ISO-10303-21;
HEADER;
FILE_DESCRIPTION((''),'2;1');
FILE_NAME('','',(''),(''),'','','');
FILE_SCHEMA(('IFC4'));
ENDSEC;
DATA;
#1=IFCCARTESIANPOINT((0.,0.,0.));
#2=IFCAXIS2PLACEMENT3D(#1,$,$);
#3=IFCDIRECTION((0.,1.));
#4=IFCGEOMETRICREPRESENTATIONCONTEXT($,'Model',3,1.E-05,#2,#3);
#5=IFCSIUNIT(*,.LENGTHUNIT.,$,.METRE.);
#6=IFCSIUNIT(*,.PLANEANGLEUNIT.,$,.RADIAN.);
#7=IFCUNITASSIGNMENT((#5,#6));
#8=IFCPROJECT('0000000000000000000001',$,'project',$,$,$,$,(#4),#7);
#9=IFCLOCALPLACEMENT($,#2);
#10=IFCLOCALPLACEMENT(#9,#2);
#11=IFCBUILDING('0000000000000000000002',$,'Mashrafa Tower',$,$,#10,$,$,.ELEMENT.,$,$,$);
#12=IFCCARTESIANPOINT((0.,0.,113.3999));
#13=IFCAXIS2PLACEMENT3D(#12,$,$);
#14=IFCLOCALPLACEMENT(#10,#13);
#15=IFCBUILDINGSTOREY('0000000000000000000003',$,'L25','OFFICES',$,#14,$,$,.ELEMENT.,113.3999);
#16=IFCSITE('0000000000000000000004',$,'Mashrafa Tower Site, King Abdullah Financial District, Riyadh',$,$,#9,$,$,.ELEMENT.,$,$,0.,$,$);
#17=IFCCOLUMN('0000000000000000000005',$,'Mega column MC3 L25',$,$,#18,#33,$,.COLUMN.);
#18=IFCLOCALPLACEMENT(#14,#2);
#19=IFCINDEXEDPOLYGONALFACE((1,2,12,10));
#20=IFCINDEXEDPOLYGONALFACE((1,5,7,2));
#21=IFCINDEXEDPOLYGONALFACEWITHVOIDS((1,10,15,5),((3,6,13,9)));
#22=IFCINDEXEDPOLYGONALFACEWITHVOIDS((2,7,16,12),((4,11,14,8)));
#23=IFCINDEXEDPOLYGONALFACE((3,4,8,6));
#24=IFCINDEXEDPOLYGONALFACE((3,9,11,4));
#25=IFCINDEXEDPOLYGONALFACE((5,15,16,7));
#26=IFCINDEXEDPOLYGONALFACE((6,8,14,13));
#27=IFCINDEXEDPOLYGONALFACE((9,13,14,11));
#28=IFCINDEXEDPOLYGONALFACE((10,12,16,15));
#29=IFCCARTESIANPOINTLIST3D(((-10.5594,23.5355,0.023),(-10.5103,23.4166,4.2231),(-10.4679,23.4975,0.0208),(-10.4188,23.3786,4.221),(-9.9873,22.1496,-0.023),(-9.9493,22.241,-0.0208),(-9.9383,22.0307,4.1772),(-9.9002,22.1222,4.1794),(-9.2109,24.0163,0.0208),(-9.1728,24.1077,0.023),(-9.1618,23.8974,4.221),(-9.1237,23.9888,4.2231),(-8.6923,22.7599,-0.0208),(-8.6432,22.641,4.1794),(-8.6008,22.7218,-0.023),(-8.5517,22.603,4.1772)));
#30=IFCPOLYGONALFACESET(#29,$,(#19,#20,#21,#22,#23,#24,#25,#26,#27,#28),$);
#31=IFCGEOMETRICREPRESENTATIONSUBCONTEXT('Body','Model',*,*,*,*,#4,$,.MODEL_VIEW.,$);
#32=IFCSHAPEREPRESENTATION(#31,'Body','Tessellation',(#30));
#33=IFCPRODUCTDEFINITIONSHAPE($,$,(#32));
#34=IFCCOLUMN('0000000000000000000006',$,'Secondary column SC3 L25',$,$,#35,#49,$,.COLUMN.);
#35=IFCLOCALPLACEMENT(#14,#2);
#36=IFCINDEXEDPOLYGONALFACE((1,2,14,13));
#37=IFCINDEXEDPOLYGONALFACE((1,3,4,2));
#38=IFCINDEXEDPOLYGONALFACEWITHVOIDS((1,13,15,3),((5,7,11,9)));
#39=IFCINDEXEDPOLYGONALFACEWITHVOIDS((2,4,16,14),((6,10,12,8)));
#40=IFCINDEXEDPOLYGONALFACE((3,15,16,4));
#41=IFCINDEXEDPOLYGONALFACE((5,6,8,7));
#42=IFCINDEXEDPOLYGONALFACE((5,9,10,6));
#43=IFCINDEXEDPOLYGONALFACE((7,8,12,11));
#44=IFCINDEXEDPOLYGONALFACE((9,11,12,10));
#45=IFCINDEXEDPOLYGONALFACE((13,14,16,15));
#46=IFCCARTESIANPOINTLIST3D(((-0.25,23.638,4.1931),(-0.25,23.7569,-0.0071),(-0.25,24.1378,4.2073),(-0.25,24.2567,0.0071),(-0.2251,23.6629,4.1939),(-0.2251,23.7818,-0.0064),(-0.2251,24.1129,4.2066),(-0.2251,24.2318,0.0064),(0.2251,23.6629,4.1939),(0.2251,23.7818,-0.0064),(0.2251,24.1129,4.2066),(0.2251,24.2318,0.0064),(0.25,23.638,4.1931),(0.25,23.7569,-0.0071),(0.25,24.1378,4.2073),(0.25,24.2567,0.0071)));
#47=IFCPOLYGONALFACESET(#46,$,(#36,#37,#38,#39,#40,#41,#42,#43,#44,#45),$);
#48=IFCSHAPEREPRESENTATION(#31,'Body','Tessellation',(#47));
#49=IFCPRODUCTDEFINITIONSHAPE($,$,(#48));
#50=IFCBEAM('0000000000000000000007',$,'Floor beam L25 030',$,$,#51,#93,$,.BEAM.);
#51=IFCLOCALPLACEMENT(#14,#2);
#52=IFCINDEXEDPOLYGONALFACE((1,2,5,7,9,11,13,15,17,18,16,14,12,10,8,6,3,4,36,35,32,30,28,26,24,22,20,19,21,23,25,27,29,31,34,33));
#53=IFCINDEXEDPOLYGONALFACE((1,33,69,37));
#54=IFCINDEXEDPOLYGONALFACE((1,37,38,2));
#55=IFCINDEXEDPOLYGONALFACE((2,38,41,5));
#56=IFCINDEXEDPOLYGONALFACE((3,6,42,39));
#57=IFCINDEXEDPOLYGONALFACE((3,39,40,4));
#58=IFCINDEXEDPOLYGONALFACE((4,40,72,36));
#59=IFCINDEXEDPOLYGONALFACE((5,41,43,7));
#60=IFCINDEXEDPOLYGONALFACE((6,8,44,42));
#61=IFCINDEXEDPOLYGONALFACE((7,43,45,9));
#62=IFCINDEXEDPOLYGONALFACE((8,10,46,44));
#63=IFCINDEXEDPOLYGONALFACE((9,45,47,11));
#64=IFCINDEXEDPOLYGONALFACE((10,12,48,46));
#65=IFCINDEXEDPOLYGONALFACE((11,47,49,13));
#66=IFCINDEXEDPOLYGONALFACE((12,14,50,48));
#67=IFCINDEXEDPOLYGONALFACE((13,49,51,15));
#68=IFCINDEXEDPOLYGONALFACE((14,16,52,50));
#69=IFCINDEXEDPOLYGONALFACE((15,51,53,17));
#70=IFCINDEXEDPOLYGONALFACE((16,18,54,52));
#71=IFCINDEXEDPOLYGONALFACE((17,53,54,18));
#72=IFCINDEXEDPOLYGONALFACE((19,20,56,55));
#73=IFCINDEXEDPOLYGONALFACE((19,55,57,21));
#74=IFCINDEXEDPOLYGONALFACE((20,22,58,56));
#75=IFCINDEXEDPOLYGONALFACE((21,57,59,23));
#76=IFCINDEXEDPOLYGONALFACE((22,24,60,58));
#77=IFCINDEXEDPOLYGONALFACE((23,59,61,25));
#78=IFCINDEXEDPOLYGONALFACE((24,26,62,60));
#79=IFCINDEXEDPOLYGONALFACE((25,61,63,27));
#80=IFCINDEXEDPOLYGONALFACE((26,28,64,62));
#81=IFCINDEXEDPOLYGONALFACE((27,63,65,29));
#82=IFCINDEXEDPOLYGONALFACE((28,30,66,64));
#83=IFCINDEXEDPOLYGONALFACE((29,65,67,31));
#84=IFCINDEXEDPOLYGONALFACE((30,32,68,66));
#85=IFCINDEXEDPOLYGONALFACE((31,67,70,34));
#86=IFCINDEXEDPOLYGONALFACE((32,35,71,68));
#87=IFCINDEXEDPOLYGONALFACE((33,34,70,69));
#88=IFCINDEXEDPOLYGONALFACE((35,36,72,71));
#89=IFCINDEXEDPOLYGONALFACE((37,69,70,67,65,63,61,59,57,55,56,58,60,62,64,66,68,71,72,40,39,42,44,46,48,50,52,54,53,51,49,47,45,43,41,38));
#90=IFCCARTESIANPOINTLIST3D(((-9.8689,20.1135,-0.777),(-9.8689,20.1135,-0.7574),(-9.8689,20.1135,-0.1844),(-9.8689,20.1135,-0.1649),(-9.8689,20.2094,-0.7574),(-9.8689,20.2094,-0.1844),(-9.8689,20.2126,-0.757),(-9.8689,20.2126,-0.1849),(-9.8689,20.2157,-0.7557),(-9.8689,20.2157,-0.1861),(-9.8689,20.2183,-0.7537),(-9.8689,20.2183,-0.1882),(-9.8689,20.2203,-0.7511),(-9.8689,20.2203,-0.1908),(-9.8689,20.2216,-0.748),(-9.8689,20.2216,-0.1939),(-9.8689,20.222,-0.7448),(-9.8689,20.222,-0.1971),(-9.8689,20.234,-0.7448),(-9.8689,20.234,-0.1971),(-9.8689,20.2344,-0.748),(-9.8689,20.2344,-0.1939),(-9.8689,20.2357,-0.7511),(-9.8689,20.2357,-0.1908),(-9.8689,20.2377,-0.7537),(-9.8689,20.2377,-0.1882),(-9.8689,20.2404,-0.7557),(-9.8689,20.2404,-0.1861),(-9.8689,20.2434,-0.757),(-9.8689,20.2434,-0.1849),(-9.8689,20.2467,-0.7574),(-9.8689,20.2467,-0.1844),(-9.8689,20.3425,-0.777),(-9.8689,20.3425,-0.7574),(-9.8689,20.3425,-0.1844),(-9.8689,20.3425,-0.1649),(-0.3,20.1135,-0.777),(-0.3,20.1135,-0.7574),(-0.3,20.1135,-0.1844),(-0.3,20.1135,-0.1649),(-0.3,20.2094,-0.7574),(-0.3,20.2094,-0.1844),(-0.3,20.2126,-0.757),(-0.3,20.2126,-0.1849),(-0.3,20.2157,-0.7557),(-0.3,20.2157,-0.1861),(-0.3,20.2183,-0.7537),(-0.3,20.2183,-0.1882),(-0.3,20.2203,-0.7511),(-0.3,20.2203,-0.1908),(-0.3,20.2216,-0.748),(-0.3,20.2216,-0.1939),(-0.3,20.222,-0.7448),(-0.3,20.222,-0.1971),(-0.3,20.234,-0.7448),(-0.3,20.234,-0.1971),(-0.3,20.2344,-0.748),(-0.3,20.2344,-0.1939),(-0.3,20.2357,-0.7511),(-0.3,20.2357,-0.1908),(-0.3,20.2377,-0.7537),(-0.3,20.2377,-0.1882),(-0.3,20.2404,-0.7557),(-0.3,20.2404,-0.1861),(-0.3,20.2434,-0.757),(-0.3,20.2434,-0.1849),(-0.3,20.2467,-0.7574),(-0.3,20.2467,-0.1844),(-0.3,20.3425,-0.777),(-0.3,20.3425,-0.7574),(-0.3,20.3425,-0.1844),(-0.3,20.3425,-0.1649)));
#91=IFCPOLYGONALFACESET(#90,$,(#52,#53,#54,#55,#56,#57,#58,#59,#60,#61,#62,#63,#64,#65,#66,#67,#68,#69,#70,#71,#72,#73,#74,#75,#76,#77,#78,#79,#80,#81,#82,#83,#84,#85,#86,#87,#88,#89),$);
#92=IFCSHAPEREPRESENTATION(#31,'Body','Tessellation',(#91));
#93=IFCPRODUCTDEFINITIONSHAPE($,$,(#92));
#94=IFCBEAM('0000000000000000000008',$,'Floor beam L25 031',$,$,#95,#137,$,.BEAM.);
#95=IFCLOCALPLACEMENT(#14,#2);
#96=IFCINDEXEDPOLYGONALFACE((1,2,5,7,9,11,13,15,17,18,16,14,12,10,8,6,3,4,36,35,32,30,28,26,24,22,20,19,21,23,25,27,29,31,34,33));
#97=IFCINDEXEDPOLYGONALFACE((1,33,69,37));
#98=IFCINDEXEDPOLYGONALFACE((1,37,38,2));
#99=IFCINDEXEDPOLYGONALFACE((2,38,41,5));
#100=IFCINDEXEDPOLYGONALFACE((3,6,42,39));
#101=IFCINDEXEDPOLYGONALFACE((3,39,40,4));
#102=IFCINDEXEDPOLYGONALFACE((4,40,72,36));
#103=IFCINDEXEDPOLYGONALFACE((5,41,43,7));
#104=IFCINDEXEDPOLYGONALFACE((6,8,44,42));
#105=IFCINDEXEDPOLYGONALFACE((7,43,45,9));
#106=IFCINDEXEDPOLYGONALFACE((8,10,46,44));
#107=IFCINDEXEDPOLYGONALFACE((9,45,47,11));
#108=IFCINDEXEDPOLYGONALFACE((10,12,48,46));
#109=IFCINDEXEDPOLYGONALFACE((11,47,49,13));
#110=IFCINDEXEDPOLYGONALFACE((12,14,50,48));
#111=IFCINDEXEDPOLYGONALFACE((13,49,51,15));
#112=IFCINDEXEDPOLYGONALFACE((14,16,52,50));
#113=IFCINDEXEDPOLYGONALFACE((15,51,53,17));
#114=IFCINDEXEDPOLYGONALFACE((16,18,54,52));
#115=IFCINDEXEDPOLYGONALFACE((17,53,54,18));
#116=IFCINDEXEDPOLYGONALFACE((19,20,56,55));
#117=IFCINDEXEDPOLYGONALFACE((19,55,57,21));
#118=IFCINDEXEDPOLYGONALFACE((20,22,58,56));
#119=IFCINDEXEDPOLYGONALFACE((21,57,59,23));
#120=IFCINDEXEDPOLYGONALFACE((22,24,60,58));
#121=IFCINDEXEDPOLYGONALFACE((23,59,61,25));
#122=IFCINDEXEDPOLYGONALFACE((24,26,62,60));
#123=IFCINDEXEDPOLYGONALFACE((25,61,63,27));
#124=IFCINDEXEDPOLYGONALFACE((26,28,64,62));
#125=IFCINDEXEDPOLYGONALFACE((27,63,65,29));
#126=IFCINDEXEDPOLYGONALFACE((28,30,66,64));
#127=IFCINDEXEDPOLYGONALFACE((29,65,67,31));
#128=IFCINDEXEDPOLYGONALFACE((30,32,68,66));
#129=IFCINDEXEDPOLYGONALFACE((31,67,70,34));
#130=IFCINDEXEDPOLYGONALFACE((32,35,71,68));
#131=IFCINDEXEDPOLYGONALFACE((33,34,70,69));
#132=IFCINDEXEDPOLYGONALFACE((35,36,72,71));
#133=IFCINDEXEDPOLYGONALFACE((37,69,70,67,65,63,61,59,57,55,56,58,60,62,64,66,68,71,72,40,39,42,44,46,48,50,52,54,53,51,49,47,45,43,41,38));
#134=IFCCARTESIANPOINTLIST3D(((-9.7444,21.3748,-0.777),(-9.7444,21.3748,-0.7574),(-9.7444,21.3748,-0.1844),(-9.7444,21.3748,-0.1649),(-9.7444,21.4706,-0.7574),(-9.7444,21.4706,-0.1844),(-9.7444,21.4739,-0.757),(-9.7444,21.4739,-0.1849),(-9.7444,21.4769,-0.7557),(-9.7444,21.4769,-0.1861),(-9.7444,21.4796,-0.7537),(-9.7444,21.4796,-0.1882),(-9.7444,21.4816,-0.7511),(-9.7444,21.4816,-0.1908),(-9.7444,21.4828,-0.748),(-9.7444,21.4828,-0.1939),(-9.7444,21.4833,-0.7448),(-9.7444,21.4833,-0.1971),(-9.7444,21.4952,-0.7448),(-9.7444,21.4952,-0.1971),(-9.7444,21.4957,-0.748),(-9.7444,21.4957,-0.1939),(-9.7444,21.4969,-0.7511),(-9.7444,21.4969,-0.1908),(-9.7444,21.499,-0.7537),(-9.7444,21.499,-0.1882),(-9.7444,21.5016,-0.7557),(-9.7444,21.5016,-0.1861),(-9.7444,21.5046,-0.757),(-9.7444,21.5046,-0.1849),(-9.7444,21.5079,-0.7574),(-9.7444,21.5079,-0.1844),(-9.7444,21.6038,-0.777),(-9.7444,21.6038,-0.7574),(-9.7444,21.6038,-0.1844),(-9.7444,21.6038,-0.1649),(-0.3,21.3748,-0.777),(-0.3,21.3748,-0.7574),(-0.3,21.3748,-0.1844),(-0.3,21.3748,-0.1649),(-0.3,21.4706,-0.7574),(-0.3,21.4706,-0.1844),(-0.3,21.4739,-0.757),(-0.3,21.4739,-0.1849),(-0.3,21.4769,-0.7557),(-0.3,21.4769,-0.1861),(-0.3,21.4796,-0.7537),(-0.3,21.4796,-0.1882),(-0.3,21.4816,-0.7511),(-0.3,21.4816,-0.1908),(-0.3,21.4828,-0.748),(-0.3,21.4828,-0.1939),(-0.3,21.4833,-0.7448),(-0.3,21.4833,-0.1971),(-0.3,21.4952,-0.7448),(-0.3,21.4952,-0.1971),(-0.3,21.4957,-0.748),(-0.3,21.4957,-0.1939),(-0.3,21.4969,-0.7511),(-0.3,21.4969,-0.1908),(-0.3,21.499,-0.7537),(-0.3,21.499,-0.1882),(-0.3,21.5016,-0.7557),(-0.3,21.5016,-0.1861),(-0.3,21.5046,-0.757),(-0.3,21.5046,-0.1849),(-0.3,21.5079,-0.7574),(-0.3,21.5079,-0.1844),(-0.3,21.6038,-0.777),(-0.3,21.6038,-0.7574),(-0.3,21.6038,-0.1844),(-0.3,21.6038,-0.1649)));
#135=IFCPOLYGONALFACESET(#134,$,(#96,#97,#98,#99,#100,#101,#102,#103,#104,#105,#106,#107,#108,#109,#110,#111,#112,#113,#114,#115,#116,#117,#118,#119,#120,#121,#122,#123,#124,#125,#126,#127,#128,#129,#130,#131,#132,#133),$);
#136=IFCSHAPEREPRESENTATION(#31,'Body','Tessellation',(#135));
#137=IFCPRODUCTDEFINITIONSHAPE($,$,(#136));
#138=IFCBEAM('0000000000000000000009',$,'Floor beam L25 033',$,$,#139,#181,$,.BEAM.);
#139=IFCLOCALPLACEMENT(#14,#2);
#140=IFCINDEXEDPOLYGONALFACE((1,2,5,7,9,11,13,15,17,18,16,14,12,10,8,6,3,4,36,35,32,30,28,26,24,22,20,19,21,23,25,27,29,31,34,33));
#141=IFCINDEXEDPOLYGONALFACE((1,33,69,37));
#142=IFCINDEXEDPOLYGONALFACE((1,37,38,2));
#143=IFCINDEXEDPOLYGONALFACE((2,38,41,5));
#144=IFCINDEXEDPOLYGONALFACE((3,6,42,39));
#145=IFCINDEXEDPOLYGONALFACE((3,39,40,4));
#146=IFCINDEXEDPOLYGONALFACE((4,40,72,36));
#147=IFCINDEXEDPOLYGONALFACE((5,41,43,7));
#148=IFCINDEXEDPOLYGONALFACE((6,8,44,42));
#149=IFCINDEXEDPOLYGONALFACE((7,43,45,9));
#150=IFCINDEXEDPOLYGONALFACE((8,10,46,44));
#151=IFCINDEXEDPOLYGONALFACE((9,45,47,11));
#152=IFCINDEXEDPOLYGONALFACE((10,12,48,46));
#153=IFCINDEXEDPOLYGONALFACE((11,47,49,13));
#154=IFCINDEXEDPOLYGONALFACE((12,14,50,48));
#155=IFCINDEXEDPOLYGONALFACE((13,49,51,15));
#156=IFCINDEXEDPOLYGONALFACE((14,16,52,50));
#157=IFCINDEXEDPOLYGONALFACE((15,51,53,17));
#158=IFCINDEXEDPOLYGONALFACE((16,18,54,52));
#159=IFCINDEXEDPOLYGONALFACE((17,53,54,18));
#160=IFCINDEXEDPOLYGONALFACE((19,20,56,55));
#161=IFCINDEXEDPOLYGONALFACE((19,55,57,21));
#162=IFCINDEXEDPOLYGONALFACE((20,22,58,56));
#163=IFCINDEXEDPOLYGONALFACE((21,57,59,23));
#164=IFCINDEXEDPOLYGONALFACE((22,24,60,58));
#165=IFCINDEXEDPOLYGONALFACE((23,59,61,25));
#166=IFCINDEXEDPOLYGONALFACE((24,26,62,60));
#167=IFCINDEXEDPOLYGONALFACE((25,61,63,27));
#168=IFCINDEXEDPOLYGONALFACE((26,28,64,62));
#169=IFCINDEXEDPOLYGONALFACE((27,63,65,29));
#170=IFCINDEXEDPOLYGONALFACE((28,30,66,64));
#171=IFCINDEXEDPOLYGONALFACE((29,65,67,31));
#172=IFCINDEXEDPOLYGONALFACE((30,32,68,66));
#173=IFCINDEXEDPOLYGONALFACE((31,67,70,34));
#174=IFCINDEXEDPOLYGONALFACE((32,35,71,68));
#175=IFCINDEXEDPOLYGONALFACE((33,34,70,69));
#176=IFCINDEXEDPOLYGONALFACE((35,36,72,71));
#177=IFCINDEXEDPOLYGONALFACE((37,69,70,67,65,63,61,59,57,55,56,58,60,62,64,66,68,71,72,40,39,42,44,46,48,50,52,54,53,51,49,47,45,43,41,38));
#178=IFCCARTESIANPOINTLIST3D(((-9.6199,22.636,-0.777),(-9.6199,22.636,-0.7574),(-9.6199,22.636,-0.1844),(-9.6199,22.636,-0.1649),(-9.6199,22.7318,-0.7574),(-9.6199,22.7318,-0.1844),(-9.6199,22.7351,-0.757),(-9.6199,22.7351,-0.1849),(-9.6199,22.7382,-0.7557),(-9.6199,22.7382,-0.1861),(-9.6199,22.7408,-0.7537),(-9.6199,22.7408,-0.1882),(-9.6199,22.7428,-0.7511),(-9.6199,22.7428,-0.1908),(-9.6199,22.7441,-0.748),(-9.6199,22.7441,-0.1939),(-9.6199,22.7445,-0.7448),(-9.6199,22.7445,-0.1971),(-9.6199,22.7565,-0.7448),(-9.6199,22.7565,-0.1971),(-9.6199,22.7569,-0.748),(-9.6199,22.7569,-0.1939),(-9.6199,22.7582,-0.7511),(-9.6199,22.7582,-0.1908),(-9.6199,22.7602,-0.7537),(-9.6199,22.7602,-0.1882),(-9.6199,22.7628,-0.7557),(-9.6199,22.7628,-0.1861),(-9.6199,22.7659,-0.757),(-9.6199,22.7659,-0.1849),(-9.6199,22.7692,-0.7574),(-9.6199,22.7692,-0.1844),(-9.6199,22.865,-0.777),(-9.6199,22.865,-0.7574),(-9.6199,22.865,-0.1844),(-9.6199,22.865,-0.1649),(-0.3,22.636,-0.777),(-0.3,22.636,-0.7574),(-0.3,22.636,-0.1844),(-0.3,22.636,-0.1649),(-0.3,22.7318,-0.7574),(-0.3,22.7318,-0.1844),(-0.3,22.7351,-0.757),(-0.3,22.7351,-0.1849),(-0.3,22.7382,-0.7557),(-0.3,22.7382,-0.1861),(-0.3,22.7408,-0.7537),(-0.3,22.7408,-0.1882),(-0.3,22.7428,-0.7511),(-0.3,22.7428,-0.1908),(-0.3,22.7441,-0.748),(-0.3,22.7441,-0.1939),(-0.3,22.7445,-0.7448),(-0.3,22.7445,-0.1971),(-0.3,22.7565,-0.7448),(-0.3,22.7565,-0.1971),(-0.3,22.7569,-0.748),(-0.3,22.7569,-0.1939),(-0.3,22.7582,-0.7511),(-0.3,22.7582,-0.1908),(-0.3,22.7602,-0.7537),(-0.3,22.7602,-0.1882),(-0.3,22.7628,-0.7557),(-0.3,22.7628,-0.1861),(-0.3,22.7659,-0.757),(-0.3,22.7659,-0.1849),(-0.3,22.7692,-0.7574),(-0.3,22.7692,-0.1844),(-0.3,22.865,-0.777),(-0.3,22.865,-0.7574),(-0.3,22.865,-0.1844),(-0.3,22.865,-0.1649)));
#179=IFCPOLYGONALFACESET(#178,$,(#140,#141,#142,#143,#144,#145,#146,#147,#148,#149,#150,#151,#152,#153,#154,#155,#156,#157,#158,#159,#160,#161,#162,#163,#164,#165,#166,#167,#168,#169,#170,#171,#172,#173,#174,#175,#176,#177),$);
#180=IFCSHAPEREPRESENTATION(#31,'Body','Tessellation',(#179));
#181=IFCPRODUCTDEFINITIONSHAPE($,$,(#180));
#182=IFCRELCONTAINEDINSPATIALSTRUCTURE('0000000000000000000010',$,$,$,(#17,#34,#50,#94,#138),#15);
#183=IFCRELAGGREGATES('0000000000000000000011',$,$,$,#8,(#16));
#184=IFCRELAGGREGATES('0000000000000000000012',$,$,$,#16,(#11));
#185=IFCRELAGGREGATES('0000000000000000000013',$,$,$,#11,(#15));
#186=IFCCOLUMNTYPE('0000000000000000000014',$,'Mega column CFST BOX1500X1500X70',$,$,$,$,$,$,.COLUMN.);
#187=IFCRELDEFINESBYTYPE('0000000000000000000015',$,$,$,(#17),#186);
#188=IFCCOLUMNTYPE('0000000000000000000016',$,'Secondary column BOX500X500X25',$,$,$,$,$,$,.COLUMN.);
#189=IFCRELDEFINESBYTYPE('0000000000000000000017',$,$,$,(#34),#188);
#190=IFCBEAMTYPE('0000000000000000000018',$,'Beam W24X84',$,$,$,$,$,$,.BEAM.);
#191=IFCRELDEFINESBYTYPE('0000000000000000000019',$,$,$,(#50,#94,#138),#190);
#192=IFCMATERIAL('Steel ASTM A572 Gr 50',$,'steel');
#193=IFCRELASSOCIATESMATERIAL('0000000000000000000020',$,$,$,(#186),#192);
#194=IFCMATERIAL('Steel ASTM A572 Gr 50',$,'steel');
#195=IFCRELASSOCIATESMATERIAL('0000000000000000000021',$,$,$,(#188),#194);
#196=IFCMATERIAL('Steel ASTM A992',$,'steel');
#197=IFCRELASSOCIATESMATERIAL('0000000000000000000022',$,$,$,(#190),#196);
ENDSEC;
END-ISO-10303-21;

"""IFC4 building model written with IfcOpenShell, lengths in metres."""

from ifc_helpers import new_model, si_unit, direction, frame, origin, origin_2d, place, context, subcontext, project, spatial, hollow_rectangle, i_section, extrude, material, material_profile, profile_set, type_object, element, save


model = new_model("IFC4")

# Units and contexts
model_context = context("Model", 3, precision=1e-05, world=origin(), true_north=direction((0.0, 1.0)))
body_context = subcontext(model_context, "Body", "Model", "MODEL_VIEW")
ifc_project = project(units=[si_unit("LENGTHUNIT", "METRE"), si_unit("PLANEANGLEUNIT", "RADIAN")], contexts=[model_context])

# Site, building, storey
site_placement = place(None, origin())
site = spatial("IfcSite", under=ifc_project, at=site_placement, Name="Mashrafa Tower Site, King Abdullah Financial District, Riyadh", CompositionType="ELEMENT", RefElevation=0.0)
building_placement = place(site_placement, origin())
building = spatial("IfcBuilding", under=site, at=building_placement, Name="Mashrafa Tower", CompositionType="ELEMENT")
storey_placement = place(building_placement, frame((0.0, 0.0, 113.3999)))
storey = spatial("IfcBuildingStorey", under=building, at=storey_placement, Name="L25", Description="OFFICES", CompositionType="ELEMENT", Elevation=113.3999)

# Columns
ifc_material_1 = material(Name="Steel ASTM A572 Gr 50", Category="steel")
ifc_material_profile_1 = material_profile(ifc_material_1, hollow_rectangle(XDim=1.5, YDim=1.5, WallThickness=0.0701, at=origin_2d()), Name="BOX1500X1500X70")
ifc_profile_set_1 = profile_set([ifc_material_profile_1], Name="Steel ASTM A572 Gr 50")
column_type_1 = type_object("IfcColumnType", Name="Mega column CFST BOX1500X1500X70", PredefinedType="COLUMN", material=ifc_profile_set_1)
column_1_placement = place(storey_placement, frame((-9.5801, 23.1287, 0.0), z_axis=(0.011678, -0.028294, 0.999531), x_axis=(0.924363, 0.381513, 0.0)))
element("IfcColumn", 1, at=column_1_placement, inside=storey, type_object=column_type_1, Name="Mega column MC3 L25", PredefinedType="COLUMN", context=body_context, shape_type="SweptSolid", body=[
    extrude(hollow_rectangle(XDim=1.5, YDim=1.5, WallThickness=0.0701, at=origin_2d()), origin(), (0.0, 0.0, 1.0), 4.2021),
])
ifc_material_2 = material(Name="Steel ASTM A572 Gr 50", Category="steel")
ifc_material_profile_2 = material_profile(ifc_material_2, hollow_rectangle(XDim=0.5, YDim=0.5, WallThickness=0.0249, at=origin_2d()), Name="BOX500X500X25")
ifc_profile_set_2 = profile_set([ifc_material_profile_2], Name="Steel ASTM A572 Gr 50")
column_type_2 = type_object("IfcColumnType", Name="Secondary column BOX500X500X25", PredefinedType="COLUMN", material=ifc_profile_set_2)
column_2_placement = place(storey_placement, frame((0.0, 24.0068, 0.0), z_axis=(0.0, -0.028296, 0.9996), x_axis=(1.0, 0.0, 0.0)))
element("IfcColumn", 2, at=column_2_placement, inside=storey, type_object=column_type_2, Name="Secondary column SC3 L25", PredefinedType="COLUMN", context=body_context, shape_type="SweptSolid", body=[
    extrude(hollow_rectangle(XDim=0.5, YDim=0.5, WallThickness=0.0249, at=origin_2d()), origin(), (0.0, 0.0, 1.0), 4.2019),
])

# Beams
ifc_material_3 = material(Name="Steel ASTM A992", Category="steel")
ifc_material_profile_3 = material_profile(ifc_material_3, i_section(OverallWidth=0.229, OverallDepth=0.6121, WebThickness=0.012, FlangeThickness=0.0195, FilletRadius=0.0127, at=origin_2d()), Name="W24X84")
ifc_profile_set_3 = profile_set([ifc_material_profile_3], Name="Steel ASTM A992")
beam_type_1 = type_object("IfcBeamType", Name="Beam W24X84", PredefinedType="BEAM", material=ifc_profile_set_3)
beam_1_placement = place(storey_placement, frame((-9.8689, 20.228, -0.4709), z_axis=(1.0, 0.0, 0.0), x_axis=(0.0, 1.0, 0.0)))
element("IfcBeam", 3, at=beam_1_placement, inside=storey, type_object=beam_type_1, Name="Floor beam L25 030", PredefinedType="BEAM", context=body_context, shape_type="SweptSolid", body=[
    extrude(i_section(OverallWidth=0.229, OverallDepth=0.6121, WebThickness=0.012, FlangeThickness=0.0195, FilletRadius=0.0127, at=origin_2d()), origin(), (0.0, 0.0, 1.0), 9.5688),
])
beam_2_placement = place(storey_placement, frame((-9.7444, 21.4893, -0.4709), z_axis=(1.0, 0.0, 0.0), x_axis=(0.0, 1.0, 0.0)))
element("IfcBeam", 4, at=beam_2_placement, inside=storey, type_object=beam_type_1, Name="Floor beam L25 031", PredefinedType="BEAM", context=body_context, shape_type="SweptSolid", body=[
    extrude(i_section(OverallWidth=0.229, OverallDepth=0.6121, WebThickness=0.012, FlangeThickness=0.0195, FilletRadius=0.0127, at=origin_2d()), origin(), (0.0, 0.0, 1.0), 9.4443),
])
beam_3_placement = place(storey_placement, frame((-9.6199, 22.7505, -0.4709), z_axis=(1.0, 0.0, 0.0), x_axis=(0.0, 1.0, 0.0)))
element("IfcBeam", 5, at=beam_3_placement, inside=storey, type_object=beam_type_1, Name="Floor beam L25 033", PredefinedType="BEAM", context=body_context, shape_type="SweptSolid", body=[
    extrude(i_section(OverallWidth=0.229, OverallDepth=0.6121, WebThickness=0.012, FlangeThickness=0.0195, FilletRadius=0.0127, at=origin_2d()), origin(), (0.0, 0.0, 1.0), 9.3198),
])

save(model, "model.ifc")
